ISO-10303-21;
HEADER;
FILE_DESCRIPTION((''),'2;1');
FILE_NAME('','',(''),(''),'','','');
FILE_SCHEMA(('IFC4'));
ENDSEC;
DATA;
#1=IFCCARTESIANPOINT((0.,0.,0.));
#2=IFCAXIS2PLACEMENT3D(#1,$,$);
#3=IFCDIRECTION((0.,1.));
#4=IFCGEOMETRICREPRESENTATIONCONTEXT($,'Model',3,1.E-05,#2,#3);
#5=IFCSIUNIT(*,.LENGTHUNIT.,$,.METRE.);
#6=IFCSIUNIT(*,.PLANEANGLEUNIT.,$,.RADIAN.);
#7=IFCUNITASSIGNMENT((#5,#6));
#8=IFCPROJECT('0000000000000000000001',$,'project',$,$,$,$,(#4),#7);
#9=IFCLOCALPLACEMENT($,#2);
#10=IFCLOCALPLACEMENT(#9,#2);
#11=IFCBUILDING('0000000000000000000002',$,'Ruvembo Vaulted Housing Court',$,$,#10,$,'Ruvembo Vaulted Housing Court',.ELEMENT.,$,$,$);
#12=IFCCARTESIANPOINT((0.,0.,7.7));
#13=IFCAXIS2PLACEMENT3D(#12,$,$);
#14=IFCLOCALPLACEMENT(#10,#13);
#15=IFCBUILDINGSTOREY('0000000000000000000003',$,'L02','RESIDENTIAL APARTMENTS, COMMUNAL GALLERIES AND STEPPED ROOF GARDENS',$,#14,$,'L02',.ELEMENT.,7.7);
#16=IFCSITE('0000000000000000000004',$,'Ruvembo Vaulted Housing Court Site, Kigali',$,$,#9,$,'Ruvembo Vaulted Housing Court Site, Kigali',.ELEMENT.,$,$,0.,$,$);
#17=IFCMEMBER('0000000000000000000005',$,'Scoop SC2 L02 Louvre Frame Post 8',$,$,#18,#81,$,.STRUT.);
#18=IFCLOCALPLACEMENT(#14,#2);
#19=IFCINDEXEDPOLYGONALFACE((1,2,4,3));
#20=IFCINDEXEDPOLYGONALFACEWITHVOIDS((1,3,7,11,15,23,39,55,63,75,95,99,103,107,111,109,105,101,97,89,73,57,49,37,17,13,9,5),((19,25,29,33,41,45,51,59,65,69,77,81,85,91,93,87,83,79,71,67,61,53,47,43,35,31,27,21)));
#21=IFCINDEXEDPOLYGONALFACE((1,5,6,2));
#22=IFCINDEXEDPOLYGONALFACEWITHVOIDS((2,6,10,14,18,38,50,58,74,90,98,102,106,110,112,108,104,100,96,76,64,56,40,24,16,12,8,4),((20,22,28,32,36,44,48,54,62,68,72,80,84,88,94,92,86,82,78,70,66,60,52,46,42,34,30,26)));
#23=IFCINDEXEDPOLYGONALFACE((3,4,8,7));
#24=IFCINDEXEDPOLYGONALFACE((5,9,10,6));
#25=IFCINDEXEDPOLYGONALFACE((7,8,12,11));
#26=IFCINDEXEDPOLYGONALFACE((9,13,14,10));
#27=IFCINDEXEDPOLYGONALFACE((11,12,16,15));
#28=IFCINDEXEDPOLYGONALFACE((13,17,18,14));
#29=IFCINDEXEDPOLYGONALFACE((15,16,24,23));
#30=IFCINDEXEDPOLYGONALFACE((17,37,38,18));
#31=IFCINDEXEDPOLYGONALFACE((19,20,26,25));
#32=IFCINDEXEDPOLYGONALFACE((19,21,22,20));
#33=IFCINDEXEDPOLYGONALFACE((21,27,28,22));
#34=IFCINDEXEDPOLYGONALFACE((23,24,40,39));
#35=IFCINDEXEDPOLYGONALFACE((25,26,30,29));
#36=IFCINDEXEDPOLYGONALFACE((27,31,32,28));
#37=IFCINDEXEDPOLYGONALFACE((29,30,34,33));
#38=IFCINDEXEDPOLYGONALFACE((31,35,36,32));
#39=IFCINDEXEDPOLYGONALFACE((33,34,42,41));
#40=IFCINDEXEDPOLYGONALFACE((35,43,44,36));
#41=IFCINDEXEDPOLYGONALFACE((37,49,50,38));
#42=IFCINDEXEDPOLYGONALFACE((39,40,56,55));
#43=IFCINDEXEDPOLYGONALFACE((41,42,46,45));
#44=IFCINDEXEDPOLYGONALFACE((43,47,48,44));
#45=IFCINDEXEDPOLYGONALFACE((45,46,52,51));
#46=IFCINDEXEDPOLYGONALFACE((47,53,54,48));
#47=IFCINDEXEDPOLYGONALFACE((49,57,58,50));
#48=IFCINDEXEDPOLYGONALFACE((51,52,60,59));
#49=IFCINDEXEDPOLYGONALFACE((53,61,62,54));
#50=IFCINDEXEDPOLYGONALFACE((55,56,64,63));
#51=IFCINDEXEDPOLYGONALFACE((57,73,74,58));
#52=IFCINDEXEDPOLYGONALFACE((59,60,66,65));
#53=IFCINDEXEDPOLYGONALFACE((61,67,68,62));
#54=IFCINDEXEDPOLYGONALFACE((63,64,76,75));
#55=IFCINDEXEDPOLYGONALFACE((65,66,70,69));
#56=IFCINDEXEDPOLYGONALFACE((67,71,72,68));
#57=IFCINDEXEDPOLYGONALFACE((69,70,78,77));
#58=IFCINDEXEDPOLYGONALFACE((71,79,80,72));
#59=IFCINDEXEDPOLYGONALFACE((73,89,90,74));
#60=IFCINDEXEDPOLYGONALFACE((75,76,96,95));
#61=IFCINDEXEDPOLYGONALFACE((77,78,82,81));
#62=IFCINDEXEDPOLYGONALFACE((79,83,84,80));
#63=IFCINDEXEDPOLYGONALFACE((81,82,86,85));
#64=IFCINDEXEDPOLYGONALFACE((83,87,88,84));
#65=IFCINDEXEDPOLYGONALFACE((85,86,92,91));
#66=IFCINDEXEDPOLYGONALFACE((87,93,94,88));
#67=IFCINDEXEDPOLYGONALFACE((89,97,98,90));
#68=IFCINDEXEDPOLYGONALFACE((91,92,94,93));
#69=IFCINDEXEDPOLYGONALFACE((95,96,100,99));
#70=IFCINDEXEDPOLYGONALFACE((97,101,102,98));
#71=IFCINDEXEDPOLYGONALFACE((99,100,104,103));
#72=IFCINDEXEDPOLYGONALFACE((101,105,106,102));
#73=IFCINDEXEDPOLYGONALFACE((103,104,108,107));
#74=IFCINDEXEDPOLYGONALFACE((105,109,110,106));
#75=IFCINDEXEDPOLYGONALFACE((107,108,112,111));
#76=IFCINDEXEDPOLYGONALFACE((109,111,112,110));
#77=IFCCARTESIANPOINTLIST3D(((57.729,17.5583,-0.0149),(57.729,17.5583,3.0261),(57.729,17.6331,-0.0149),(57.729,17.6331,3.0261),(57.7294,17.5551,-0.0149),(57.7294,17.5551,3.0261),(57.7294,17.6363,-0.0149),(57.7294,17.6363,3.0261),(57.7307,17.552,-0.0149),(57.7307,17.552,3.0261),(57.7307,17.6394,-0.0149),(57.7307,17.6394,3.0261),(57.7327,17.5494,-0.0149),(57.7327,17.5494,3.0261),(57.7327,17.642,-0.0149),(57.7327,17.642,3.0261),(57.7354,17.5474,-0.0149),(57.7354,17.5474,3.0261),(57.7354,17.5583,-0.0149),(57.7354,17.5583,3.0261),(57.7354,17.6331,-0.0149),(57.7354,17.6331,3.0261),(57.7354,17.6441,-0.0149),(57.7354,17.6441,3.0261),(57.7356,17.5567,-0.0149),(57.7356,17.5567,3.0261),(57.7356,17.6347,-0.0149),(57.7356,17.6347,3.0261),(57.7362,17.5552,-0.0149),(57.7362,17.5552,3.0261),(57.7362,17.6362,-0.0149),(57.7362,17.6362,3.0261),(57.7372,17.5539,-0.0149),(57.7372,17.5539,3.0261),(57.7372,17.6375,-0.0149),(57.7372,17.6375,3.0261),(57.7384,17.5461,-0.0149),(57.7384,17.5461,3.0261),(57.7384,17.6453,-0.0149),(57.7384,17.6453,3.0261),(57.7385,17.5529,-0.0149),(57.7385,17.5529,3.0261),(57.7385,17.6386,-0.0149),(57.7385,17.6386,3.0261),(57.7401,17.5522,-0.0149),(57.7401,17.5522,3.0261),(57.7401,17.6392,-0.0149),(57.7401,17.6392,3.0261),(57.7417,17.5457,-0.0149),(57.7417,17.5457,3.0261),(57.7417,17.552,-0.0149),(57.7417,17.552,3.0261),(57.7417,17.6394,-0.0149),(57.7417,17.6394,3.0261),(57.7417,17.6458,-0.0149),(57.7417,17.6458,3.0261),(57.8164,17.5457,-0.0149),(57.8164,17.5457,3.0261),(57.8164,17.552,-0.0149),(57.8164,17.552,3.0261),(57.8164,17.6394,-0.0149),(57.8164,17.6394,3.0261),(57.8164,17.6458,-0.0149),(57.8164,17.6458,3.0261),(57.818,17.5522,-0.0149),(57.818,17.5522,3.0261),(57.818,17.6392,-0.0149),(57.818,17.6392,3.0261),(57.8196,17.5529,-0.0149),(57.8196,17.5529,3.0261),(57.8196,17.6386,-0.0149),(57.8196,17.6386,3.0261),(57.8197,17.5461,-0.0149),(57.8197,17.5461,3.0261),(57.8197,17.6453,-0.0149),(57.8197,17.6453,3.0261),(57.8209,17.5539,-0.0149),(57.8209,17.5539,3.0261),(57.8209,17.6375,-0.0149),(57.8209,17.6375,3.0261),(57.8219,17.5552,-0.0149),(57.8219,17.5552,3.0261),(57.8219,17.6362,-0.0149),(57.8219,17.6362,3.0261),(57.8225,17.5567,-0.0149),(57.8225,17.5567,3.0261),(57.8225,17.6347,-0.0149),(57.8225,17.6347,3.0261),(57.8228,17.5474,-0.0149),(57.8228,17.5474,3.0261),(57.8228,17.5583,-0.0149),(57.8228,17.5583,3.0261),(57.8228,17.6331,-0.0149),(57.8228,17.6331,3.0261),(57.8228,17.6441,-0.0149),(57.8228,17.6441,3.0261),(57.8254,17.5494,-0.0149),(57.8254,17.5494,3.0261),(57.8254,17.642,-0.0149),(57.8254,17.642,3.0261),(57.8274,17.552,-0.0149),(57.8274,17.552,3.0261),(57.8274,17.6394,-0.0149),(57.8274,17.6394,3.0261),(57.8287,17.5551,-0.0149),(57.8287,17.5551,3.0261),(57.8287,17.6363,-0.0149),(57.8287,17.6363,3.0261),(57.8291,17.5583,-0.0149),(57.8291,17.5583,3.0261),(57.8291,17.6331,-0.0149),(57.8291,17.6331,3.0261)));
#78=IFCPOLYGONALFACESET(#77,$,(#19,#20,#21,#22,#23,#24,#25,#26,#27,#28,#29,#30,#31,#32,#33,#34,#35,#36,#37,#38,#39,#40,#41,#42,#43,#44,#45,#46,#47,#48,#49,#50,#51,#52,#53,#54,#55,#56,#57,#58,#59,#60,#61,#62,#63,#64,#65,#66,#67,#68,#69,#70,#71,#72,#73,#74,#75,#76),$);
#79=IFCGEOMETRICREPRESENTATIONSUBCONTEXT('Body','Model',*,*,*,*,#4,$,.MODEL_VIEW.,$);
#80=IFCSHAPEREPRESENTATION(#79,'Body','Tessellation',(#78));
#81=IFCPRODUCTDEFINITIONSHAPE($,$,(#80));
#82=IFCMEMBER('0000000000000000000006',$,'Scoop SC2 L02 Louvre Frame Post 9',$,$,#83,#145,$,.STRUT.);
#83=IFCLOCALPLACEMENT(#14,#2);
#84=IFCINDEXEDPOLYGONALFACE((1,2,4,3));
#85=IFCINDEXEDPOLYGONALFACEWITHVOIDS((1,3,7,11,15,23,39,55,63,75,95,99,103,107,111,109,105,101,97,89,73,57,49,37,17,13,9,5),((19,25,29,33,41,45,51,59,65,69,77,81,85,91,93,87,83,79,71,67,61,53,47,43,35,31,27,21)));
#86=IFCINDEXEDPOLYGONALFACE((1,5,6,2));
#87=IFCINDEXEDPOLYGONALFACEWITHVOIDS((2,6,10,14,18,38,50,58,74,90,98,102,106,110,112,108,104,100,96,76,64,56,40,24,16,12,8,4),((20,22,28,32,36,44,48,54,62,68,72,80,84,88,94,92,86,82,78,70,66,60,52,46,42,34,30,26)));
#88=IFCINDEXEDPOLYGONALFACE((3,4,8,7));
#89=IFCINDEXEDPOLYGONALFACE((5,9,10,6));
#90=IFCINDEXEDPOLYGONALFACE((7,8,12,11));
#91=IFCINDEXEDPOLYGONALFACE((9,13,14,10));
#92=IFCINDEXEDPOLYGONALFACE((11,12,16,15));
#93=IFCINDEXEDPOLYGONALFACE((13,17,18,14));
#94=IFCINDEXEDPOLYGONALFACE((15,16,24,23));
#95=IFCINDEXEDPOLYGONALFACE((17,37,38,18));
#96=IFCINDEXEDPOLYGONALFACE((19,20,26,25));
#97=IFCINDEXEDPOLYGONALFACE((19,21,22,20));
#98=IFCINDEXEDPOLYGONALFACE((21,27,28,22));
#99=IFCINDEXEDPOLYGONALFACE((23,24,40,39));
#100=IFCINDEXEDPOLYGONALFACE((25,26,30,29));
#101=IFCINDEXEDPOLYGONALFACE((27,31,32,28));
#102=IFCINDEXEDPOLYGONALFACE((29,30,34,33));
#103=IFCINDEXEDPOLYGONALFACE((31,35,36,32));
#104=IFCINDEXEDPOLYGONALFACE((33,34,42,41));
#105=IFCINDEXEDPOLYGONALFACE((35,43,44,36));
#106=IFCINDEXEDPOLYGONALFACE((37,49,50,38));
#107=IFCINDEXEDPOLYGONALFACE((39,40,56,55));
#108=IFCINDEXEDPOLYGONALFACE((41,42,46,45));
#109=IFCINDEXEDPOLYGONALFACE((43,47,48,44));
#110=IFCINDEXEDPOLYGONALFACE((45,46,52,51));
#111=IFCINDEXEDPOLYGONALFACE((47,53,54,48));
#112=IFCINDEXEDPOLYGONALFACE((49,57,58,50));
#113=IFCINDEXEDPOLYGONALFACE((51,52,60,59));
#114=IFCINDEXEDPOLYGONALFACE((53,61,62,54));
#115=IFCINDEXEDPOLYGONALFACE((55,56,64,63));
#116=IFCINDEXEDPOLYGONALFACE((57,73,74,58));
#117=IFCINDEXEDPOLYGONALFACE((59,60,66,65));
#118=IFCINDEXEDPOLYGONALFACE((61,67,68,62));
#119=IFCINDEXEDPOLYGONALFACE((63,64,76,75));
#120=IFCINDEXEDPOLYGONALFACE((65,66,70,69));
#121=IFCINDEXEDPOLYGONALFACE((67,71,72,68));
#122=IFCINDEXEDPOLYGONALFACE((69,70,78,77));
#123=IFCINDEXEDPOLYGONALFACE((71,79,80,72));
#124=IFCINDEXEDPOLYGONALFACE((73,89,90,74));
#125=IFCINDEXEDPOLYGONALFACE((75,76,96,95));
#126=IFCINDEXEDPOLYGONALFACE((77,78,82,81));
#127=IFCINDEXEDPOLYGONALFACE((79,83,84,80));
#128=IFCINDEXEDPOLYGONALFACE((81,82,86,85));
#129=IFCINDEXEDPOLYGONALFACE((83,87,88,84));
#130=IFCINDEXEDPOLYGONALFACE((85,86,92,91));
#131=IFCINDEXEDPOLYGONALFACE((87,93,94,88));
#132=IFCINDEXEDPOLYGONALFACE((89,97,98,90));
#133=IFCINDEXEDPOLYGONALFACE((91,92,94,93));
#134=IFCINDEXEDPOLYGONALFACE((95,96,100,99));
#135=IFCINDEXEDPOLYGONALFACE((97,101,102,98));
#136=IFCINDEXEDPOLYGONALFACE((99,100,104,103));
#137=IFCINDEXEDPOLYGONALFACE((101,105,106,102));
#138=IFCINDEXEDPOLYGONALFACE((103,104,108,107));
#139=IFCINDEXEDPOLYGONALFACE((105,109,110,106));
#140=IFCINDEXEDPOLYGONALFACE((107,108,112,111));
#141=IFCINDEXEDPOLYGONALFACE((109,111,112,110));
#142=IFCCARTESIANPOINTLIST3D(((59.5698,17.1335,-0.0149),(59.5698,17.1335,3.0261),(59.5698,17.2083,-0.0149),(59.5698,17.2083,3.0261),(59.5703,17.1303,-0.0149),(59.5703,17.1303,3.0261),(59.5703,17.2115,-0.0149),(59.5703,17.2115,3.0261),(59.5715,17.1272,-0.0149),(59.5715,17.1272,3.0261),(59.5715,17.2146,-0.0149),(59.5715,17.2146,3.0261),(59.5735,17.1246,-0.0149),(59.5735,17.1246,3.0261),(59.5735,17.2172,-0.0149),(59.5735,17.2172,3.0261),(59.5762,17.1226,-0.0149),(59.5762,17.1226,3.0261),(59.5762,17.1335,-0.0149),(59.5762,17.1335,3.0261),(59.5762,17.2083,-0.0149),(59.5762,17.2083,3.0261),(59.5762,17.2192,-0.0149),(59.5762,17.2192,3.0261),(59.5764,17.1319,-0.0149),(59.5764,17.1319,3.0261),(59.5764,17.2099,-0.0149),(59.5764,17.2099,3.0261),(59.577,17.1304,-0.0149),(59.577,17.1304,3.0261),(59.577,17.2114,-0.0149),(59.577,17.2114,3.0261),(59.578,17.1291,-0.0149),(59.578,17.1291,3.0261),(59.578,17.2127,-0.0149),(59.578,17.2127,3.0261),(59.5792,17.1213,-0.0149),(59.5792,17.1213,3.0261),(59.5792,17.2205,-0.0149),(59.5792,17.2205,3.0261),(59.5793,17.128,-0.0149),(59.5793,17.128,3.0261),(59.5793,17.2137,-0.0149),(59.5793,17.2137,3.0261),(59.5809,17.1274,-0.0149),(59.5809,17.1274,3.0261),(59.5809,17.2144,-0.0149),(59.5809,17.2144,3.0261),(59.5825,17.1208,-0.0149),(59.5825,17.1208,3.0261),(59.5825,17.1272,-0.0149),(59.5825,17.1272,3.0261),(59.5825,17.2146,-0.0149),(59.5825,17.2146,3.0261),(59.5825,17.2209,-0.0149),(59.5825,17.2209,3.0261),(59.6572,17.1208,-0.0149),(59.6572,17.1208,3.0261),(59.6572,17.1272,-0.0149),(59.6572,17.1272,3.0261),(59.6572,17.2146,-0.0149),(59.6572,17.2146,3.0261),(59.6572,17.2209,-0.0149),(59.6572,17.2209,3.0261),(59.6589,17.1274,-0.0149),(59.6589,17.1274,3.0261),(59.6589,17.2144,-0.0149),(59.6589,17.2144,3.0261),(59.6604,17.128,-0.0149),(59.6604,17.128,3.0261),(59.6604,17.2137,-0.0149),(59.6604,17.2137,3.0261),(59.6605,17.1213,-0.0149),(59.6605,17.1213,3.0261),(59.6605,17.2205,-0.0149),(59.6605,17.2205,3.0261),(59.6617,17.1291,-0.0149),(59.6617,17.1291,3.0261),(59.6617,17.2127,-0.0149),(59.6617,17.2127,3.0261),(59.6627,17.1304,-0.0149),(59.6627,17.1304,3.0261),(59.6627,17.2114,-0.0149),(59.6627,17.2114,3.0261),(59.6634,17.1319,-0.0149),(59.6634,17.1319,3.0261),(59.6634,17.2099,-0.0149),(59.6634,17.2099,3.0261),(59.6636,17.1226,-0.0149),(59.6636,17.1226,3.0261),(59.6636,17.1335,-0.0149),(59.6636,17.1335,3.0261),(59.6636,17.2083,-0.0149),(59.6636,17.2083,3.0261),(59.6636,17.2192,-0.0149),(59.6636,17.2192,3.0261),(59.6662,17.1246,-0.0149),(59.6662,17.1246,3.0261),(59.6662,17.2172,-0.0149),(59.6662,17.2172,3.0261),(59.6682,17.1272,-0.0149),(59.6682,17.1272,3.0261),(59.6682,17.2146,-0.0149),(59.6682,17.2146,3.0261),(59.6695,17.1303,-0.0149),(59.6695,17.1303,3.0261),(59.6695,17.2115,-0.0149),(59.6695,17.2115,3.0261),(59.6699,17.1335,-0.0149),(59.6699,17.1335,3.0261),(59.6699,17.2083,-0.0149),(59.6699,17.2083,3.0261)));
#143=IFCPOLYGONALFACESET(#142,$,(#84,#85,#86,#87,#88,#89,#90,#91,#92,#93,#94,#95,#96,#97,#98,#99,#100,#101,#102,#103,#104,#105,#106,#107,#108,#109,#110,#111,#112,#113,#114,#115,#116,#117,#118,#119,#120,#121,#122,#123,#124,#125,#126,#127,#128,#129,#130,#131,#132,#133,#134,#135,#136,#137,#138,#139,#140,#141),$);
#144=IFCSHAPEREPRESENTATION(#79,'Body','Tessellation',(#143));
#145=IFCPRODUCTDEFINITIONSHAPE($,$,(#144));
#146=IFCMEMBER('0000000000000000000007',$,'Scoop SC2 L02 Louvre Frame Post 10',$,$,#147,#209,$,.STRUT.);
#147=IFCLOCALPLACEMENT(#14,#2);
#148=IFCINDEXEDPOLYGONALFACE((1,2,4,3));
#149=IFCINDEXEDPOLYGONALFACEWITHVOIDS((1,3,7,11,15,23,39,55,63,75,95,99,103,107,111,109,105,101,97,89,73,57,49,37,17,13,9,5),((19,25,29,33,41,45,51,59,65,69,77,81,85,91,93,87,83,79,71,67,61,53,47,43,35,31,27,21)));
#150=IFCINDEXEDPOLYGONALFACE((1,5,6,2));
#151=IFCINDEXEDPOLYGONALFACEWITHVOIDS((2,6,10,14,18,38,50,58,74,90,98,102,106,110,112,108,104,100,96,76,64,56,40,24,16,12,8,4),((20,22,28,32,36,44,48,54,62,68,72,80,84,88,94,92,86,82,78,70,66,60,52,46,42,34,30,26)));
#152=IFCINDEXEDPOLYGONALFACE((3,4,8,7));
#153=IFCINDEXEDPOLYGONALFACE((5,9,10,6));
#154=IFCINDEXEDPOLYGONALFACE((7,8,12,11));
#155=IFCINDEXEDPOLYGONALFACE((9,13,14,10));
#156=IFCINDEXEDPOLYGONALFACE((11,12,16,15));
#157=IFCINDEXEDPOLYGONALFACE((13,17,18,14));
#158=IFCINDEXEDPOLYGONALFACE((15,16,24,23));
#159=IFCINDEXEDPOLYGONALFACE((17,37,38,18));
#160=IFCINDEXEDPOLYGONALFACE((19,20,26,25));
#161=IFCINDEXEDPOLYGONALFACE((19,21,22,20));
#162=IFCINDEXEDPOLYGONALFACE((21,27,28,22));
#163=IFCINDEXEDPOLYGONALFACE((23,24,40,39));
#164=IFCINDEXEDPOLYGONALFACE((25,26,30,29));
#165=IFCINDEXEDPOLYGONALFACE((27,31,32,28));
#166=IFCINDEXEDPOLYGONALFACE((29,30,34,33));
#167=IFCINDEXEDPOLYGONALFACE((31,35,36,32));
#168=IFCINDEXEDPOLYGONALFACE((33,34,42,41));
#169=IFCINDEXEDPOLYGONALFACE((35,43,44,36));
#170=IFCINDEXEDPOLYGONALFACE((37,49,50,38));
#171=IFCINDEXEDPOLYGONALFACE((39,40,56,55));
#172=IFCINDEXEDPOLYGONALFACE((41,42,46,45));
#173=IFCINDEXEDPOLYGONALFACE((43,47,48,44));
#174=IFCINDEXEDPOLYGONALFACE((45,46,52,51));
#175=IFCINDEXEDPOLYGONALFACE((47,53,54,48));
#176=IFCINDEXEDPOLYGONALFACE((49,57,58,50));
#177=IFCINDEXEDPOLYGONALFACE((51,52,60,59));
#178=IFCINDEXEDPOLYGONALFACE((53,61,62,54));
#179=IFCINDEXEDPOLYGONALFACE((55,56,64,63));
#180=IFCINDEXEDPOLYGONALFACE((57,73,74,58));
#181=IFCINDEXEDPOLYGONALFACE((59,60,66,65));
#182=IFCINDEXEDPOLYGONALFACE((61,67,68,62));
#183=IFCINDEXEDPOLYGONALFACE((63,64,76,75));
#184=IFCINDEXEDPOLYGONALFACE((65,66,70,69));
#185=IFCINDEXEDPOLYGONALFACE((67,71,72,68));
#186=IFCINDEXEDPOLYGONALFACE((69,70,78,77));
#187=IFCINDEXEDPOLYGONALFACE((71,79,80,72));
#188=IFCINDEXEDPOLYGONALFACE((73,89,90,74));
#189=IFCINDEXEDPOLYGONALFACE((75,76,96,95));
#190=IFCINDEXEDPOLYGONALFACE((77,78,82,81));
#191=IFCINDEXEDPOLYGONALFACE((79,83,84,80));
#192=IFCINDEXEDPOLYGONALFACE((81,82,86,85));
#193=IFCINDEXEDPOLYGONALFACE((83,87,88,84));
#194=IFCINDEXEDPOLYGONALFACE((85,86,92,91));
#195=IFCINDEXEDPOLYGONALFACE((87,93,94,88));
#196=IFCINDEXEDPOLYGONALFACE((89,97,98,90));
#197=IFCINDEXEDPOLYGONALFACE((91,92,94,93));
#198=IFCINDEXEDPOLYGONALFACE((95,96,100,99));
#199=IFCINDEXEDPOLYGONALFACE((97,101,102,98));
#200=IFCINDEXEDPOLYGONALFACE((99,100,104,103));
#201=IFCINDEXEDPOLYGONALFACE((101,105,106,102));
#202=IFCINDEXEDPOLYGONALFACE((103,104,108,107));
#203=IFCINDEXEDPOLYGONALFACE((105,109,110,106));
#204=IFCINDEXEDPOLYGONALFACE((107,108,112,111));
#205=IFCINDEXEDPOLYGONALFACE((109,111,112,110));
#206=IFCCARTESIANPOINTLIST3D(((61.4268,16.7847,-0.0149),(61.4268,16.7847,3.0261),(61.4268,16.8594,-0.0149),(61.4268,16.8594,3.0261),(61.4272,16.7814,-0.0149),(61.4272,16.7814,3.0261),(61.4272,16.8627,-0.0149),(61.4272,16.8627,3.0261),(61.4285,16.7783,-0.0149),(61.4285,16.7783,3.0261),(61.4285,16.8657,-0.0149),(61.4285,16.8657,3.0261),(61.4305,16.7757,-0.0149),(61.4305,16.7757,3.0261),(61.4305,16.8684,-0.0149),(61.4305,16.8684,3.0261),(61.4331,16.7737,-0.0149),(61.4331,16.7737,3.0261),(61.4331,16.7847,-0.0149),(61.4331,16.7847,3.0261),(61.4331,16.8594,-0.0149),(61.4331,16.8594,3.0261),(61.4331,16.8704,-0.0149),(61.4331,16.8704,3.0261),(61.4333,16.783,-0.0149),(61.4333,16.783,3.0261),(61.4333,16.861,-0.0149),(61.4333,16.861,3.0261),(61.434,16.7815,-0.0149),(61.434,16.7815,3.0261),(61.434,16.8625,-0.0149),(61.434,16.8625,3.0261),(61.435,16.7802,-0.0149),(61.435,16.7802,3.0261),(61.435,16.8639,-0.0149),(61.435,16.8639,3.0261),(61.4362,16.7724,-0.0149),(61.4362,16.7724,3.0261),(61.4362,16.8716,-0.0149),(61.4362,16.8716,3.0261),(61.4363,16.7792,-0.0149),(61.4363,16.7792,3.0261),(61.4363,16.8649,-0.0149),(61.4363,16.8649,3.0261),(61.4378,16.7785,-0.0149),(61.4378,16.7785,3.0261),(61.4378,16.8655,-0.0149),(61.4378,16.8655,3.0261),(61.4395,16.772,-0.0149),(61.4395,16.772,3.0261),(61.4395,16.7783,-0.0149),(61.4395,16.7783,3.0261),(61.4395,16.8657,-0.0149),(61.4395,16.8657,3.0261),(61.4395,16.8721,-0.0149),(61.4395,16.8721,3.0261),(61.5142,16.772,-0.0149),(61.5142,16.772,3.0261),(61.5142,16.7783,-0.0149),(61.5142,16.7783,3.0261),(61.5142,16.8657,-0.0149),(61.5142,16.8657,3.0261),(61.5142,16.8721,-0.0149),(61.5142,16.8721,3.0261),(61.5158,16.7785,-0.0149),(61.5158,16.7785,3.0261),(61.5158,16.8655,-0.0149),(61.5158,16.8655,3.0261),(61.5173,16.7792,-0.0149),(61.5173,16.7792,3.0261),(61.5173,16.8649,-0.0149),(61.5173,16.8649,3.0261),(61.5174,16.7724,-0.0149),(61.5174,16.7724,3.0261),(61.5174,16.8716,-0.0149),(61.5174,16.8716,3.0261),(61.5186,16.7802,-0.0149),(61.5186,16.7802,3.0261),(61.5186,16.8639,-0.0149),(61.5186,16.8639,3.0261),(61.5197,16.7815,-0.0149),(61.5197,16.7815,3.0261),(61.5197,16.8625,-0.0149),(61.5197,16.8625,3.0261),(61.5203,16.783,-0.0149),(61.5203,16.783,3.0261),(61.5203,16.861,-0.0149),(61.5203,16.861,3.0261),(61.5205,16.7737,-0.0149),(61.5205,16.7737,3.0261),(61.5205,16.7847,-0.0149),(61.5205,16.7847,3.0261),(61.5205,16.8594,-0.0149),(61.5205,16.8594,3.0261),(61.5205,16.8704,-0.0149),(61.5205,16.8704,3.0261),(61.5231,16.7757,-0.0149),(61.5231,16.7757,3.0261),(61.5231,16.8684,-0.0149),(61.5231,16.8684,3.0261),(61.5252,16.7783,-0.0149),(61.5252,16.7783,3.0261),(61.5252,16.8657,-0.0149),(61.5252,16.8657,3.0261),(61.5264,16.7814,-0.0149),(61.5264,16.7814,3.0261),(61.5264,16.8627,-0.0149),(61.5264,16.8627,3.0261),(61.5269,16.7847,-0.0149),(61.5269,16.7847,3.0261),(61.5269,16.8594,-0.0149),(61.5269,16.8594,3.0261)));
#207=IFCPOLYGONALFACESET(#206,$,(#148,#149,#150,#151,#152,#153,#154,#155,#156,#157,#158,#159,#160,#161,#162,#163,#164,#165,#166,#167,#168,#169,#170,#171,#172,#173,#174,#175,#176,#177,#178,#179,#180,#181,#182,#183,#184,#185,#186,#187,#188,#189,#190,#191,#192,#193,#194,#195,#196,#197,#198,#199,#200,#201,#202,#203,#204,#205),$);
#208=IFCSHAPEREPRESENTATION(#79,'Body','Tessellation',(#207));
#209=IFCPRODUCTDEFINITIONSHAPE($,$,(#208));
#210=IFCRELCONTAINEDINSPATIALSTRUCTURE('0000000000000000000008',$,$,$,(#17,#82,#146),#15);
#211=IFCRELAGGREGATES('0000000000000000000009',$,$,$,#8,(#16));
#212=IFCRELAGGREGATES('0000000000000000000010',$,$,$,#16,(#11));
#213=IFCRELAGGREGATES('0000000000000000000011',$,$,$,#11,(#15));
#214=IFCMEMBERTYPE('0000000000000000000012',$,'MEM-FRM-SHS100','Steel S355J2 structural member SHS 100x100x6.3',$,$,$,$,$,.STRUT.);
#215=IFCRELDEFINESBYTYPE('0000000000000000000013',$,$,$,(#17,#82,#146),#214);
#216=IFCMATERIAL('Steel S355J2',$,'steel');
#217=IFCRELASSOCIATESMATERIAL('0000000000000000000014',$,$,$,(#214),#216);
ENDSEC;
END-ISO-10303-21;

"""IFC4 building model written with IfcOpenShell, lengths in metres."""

from ifc_helpers import new_model, si_unit, direction, frame, origin, origin_2d, place, context, subcontext, project, spatial, hollow_rectangle, extrude, material, material_profile, profile_set, type_object, element, save


model = new_model("IFC4")

# Units and contexts
model_context = context("Model", 3, precision=1e-05, world=origin(), true_north=direction((0.0, 1.0)))
body_context = subcontext(model_context, "Body", "Model", "MODEL_VIEW")
ifc_project = project(units=[si_unit("LENGTHUNIT", "METRE"), si_unit("PLANEANGLEUNIT", "RADIAN")], contexts=[model_context])

# Site, building, storey
site_placement = place(None, origin())
site = spatial("IfcSite", under=ifc_project, at=site_placement, Name="Ruvembo Vaulted Housing Court Site, Kigali", LongName="Ruvembo Vaulted Housing Court Site, Kigali", CompositionType="ELEMENT", RefElevation=0.0)
building_placement = place(site_placement, origin())
building = spatial("IfcBuilding", under=site, at=building_placement, Name="Ruvembo Vaulted Housing Court", LongName="Ruvembo Vaulted Housing Court", CompositionType="ELEMENT")
storey_placement = place(building_placement, frame((0.0, 0.0, 7.7)))
storey = spatial("IfcBuildingStorey", under=building, at=storey_placement, Name="L02", Description="RESIDENTIAL APARTMENTS, COMMUNAL GALLERIES AND STEPPED ROOF GARDENS", LongName="L02", CompositionType="ELEMENT", Elevation=7.7)

# Shared definitions
ifc_material_1 = material(Name="Steel S355J2", Category="steel")

# Members
ifc_material_profile_1 = material_profile(ifc_material_1, hollow_rectangle(XDim=0.1001, YDim=0.1001, WallThickness=0.0063, InnerFilletRadius=0.0063, OuterFilletRadius=0.0127, at=origin_2d()), Name="SHS 100x100x6.3")
ifc_profile_set_1 = profile_set([ifc_material_profile_1], Name="Steel S355J2")
member_type_1 = type_object("IfcMemberType", Name="MEM-FRM-SHS100", Description="Steel S355J2 structural member SHS 100x100x6.3", PredefinedType="STRUT", material=ifc_profile_set_1)
for number, where, z_axis, x_axis, name in (
    (1, (57.7791, 17.5957, -0.0149), (0.0, 0.0, 1.0), (1.0, 0.0, 0.0), "Scoop SC2 L02 Louvre Frame Post 8"),
    (2, (59.6199, 17.1709, -0.0149), (0.0, 0.0, 1.0), (1.0, 0.0, 0.0), "Scoop SC2 L02 Louvre Frame Post 9"),
    (3, (61.4768, 16.822, -0.0149), (0.0, 0.0, 1.0), (1.0, 0.0, 0.0), "Scoop SC2 L02 Louvre Frame Post 10"),
):
    element("IfcMember", number, at=place(storey_placement, frame(where, z_axis=z_axis, x_axis=x_axis)), inside=storey, type_object=member_type_1, Name=name, PredefinedType="STRUT", context=body_context, shape_type="SweptSolid", body=[
        extrude(hollow_rectangle(XDim=0.1001, YDim=0.1001, WallThickness=0.0063, InnerFilletRadius=0.0063, OuterFilletRadius=0.0127, at=origin_2d()), origin(), (0.0, 0.0, 1.0), 3.041),
    ])

save(model, "model.ifc")
